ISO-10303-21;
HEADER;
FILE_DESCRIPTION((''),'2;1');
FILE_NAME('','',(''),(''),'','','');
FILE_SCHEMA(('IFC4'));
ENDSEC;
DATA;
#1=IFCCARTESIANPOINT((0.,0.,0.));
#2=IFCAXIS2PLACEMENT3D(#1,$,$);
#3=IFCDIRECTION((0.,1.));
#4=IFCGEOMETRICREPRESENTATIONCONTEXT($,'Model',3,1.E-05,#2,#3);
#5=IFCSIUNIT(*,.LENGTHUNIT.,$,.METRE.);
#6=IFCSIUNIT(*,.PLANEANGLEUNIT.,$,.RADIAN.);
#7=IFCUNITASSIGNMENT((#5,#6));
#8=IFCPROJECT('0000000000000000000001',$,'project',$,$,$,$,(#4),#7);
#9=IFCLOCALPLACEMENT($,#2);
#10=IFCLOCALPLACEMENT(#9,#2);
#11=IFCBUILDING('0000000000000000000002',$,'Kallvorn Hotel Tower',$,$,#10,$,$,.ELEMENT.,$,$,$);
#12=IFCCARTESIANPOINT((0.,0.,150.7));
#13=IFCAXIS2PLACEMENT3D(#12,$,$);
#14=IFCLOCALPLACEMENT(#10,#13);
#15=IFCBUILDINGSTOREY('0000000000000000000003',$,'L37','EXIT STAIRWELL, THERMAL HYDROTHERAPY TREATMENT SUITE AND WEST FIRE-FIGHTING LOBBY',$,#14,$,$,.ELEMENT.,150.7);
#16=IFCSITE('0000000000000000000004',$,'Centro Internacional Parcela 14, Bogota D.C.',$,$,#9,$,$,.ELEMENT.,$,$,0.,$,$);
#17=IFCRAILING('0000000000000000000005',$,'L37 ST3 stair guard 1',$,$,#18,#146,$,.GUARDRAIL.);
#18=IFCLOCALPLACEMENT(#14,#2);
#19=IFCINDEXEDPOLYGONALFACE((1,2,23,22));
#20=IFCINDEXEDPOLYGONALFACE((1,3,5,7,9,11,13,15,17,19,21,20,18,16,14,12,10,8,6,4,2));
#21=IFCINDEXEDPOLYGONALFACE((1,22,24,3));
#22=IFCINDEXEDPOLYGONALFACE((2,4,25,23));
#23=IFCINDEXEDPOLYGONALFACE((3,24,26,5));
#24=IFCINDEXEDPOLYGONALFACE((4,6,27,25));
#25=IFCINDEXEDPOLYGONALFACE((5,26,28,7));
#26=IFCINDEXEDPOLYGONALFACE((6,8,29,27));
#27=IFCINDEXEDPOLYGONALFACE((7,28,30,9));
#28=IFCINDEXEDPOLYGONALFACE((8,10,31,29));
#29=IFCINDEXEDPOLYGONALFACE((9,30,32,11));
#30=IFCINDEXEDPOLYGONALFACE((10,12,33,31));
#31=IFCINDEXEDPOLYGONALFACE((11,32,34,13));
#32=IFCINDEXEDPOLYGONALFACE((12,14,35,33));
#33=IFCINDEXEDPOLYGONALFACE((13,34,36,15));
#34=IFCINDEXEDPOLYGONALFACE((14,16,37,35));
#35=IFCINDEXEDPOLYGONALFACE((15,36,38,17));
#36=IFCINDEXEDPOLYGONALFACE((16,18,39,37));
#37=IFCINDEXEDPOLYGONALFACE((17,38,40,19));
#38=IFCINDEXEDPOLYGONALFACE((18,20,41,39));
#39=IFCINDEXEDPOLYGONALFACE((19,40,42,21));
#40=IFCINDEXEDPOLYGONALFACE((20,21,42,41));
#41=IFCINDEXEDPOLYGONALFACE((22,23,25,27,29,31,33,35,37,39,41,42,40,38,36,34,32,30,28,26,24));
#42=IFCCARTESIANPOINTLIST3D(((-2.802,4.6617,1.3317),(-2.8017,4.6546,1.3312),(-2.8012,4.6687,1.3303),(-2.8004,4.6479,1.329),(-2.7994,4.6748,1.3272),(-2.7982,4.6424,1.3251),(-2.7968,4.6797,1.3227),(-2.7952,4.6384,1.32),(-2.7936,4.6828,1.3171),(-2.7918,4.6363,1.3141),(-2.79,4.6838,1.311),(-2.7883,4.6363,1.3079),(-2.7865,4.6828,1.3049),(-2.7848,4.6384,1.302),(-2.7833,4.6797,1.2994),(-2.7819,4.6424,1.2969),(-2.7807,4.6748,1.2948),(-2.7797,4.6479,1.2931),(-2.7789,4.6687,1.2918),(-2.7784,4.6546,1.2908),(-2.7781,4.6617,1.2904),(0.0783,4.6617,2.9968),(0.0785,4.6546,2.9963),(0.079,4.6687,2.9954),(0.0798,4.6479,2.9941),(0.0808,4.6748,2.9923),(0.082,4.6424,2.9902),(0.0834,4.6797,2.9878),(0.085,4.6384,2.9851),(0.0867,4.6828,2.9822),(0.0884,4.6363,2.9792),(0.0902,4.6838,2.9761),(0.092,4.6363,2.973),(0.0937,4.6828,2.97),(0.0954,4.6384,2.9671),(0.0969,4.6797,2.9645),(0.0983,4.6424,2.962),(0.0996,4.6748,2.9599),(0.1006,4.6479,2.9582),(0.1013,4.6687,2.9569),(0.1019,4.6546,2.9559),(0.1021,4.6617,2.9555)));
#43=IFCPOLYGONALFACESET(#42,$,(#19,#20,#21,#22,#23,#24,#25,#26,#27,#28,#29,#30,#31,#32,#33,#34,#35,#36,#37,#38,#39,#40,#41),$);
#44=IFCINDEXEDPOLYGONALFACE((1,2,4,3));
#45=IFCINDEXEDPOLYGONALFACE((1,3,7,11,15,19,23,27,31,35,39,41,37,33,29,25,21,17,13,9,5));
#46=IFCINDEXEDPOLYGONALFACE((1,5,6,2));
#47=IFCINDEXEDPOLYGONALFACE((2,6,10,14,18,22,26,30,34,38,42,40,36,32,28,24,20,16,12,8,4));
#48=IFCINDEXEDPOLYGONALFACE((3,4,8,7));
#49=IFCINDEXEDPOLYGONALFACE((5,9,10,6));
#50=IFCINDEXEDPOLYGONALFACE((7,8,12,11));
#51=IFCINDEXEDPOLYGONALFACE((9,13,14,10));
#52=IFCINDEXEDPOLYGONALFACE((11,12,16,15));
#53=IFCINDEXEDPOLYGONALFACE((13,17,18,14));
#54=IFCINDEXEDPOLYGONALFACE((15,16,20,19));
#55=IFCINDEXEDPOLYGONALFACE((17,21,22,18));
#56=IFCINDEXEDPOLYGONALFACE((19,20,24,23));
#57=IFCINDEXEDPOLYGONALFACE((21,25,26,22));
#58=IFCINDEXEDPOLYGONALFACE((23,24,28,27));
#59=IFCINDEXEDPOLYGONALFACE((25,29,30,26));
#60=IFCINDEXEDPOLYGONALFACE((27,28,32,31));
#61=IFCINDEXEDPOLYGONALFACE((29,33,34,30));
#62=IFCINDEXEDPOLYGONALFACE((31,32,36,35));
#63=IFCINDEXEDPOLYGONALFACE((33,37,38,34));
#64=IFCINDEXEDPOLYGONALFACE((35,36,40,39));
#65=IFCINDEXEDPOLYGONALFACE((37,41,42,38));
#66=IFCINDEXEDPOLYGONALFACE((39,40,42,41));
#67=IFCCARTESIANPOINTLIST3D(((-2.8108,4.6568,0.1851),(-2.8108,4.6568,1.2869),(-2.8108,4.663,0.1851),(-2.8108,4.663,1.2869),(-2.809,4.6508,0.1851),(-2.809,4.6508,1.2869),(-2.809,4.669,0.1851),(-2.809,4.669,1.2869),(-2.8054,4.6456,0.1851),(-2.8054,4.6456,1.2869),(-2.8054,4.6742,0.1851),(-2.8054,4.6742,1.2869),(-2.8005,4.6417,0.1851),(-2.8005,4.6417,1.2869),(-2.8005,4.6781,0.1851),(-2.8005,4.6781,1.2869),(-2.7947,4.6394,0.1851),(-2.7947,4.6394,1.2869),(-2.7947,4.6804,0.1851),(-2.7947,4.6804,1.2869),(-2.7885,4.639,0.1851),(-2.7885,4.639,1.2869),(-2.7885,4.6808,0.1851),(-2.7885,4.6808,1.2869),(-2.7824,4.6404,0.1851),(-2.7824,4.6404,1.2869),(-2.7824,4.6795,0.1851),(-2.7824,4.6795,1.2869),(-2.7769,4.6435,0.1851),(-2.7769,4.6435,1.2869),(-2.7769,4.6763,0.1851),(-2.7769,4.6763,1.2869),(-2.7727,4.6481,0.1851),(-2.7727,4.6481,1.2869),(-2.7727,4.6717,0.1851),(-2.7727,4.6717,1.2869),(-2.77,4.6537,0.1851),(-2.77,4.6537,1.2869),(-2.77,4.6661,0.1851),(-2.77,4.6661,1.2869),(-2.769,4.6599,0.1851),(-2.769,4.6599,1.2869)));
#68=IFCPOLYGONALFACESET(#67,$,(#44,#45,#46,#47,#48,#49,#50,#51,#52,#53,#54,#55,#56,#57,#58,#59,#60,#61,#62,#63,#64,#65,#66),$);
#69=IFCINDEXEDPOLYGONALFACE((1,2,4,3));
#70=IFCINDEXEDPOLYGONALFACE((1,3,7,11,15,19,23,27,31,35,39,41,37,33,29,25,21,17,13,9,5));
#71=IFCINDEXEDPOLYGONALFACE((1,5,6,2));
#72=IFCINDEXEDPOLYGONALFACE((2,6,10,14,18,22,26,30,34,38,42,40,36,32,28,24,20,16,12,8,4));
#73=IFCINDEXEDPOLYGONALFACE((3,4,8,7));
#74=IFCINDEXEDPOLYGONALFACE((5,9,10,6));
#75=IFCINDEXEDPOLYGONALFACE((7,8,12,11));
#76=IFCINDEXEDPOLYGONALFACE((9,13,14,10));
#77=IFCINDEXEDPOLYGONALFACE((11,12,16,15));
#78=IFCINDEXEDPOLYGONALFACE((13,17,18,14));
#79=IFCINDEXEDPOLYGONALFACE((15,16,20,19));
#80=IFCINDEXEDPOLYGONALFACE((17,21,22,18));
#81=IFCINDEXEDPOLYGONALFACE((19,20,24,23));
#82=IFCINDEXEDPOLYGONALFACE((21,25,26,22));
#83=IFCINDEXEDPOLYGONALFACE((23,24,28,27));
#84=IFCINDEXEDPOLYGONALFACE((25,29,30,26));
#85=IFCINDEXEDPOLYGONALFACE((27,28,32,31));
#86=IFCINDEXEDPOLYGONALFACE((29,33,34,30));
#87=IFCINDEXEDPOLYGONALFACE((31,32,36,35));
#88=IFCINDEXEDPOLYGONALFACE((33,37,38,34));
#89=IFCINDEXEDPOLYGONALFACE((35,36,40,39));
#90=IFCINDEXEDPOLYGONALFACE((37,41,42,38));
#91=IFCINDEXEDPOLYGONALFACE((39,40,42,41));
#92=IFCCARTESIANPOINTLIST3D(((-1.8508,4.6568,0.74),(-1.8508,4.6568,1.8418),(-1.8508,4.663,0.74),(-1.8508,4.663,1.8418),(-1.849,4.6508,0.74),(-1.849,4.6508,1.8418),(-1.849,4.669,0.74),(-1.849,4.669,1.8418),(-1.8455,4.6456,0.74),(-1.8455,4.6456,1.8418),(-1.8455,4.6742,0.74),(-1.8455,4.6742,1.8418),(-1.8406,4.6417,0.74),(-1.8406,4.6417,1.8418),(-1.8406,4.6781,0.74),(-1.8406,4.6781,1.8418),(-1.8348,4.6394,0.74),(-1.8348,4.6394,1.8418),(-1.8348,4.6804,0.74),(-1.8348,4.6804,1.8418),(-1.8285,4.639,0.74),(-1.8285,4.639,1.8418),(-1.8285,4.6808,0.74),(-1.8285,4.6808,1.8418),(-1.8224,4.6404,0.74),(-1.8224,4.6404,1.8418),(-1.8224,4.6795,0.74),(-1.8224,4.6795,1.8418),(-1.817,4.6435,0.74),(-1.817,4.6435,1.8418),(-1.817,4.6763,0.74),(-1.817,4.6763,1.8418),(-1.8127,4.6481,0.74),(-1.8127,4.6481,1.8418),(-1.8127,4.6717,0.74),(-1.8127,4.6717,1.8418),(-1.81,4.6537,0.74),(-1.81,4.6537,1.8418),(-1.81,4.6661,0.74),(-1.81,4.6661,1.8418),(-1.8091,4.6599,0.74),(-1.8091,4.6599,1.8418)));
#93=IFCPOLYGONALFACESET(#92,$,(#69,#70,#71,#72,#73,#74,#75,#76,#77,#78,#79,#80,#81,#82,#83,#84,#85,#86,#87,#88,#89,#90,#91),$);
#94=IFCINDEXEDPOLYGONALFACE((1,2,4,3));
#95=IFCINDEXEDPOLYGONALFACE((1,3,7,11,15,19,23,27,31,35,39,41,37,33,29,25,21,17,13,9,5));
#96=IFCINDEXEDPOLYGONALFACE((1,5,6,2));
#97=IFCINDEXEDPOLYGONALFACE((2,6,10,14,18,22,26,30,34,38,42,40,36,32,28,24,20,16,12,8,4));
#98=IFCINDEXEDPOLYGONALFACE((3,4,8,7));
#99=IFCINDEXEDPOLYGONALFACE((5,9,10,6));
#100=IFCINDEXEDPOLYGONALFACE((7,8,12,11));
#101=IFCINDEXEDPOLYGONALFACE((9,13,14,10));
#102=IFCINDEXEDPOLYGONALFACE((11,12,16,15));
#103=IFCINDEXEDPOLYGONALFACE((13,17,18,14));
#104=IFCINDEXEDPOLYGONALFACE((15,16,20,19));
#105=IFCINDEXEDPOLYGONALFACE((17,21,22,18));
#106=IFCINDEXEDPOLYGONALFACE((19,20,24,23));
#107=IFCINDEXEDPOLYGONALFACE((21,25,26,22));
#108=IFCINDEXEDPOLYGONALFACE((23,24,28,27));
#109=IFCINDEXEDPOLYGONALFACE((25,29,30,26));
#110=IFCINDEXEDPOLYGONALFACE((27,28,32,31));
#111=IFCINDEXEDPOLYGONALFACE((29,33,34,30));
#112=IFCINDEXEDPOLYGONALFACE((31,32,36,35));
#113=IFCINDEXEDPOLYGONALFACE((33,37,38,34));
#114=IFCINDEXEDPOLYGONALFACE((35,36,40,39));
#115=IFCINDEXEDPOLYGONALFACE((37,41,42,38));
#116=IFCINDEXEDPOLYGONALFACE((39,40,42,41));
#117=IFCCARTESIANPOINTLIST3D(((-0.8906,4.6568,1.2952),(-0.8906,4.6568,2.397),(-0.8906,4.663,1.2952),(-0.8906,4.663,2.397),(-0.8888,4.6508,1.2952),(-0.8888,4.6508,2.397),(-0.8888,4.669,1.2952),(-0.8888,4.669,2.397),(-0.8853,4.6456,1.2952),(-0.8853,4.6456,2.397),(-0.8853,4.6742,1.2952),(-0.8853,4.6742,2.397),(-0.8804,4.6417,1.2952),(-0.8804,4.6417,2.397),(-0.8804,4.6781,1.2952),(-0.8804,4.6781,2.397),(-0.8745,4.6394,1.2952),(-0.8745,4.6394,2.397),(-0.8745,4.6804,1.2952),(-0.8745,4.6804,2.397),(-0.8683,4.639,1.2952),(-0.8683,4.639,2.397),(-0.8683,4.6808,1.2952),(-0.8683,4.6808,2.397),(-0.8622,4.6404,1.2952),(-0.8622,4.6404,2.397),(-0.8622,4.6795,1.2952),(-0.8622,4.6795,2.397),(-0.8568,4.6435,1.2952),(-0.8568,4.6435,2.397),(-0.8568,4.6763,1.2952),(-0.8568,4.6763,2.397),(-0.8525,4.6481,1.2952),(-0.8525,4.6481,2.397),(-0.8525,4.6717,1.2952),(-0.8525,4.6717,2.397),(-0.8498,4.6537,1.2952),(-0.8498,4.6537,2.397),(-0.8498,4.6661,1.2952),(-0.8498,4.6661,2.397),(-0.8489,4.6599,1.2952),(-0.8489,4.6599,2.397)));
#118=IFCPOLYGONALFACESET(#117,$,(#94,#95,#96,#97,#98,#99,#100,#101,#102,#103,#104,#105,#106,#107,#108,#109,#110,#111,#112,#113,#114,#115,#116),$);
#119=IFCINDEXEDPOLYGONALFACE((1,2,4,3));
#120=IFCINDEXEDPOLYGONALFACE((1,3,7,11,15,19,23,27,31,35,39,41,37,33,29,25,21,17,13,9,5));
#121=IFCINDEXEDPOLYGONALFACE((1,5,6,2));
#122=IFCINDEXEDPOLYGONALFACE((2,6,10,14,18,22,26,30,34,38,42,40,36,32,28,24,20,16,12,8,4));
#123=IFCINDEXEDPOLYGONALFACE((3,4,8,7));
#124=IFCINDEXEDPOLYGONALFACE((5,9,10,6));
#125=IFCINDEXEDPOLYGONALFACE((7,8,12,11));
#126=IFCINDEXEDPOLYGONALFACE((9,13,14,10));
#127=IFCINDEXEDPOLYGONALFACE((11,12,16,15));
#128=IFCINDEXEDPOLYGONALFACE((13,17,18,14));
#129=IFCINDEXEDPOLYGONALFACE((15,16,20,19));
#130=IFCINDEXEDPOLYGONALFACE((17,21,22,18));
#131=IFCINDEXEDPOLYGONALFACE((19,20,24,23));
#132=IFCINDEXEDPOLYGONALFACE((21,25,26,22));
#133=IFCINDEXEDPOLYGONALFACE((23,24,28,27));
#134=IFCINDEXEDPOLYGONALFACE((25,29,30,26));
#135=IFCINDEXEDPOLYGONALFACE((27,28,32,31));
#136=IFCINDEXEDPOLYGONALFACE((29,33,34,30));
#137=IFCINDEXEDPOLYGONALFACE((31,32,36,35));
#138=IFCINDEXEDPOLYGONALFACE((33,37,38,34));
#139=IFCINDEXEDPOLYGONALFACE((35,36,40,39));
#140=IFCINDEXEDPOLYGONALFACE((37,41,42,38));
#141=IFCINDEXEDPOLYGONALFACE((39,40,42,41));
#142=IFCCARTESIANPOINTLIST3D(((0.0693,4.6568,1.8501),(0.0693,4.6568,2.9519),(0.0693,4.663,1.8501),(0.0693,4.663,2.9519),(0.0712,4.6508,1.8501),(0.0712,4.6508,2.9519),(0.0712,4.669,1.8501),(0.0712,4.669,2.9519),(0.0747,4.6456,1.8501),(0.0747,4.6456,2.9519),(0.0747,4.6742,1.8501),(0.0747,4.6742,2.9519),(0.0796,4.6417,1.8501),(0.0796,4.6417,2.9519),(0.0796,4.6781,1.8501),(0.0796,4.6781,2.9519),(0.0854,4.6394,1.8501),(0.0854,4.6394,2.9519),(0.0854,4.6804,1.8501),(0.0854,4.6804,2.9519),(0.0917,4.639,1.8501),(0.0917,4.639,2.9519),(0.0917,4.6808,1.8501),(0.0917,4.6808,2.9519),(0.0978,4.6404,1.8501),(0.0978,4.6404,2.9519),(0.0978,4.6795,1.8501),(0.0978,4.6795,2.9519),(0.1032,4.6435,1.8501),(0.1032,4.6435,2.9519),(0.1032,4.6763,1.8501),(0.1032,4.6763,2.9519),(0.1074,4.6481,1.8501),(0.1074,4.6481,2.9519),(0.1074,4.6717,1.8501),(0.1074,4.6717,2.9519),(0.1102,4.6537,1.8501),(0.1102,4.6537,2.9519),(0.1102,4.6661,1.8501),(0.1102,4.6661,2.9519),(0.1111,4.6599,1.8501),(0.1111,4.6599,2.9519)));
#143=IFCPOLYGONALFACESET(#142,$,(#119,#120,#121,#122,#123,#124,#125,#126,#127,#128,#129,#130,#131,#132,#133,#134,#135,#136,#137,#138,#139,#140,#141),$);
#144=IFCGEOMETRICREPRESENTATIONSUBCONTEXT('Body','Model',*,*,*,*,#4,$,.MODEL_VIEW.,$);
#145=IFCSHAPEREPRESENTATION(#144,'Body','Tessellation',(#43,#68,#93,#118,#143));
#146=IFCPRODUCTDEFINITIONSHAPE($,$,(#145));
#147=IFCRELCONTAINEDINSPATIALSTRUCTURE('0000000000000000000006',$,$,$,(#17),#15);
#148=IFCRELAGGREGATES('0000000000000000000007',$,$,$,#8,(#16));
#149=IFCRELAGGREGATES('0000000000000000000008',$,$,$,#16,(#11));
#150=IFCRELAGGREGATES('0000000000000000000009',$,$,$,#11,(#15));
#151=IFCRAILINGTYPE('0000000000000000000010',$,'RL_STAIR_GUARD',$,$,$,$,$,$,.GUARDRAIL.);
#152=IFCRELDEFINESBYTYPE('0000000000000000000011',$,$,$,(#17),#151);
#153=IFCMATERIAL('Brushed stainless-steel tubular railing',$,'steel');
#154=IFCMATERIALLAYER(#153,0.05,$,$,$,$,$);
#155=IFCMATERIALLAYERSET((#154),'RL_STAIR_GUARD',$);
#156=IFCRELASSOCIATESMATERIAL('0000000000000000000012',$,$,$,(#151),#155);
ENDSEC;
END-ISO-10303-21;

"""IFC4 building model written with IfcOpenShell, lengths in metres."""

from ifc_helpers import new_model, si_unit, direction, frame, origin, origin_2d, place, context, subcontext, project, spatial, circle, extrude, material, layer, layer_set, type_object, element, save


model = new_model("IFC4")

# Units and contexts
model_context = context("Model", 3, precision=1e-05, world=origin(), true_north=direction((0.0, 1.0)))
body_context = subcontext(model_context, "Body", "Model", "MODEL_VIEW")
ifc_project = project(units=[si_unit("LENGTHUNIT", "METRE"), si_unit("PLANEANGLEUNIT", "RADIAN")], contexts=[model_context])

# Site, building, storey
site_placement = place(None, origin())
site = spatial("IfcSite", under=ifc_project, at=site_placement, Name="Centro Internacional Parcela 14, Bogota D.C.", CompositionType="ELEMENT", RefElevation=0.0)
building_placement = place(site_placement, origin())
building = spatial("IfcBuilding", under=site, at=building_placement, Name="Kallvorn Hotel Tower", CompositionType="ELEMENT")
storey_placement = place(building_placement, frame((0.0, 0.0, 150.7)))
storey = spatial("IfcBuildingStorey", under=building, at=storey_placement, Name="L37", Description="EXIT STAIRWELL, THERMAL HYDROTHERAPY TREATMENT SUITE AND WEST FIRE-FIGHTING LOBBY", CompositionType="ELEMENT", Elevation=150.7)

# Railing
ifc_material_1 = material(Name="Brushed stainless-steel tubular railing", Category="steel")
ifc_layer_1 = layer(ifc_material_1, 0.05)
ifc_layer_set_1 = layer_set([ifc_layer_1], Name="RL_STAIR_GUARD")
railing_type_1 = type_object("IfcRailingType", Name="RL_STAIR_GUARD", PredefinedType="GUARDRAIL", material=ifc_layer_set_1)
railing_1_placement = place(storey_placement, frame((-2.79, 4.6599, 0.1851)))
element("IfcRailing", 1, at=railing_1_placement, inside=storey, type_object=railing_type_1, Name="L37 ST3 stair guard 1", PredefinedType="GUARDRAIL", context=body_context, shape_type="SweptSolid", body=[
    extrude(circle(Radius=0.0239, at=origin_2d()), frame((0.0, 0.0, 1.126), z_axis=(0.865739, 0.0, 0.500495), x_axis=(0.0, 1.0, 0.0)), (0.0, 0.0, 1.0), 3.3269),
    extrude(circle(Radius=0.021, at=origin_2d()), origin(), (0.0, 0.0, 1.0), 1.1018),
    extrude(circle(Radius=0.021, at=origin_2d()), frame((0.96, 0.0, 0.5549)), (0.0, 0.0, 1.0), 1.1018),
    extrude(circle(Radius=0.021, at=origin_2d()), frame((1.9202, 0.0, 1.1101)), (0.0, 0.0, 1.0), 1.1018),
    extrude(circle(Radius=0.021, at=origin_2d()), frame((2.8801, 0.0, 1.665)), (0.0, 0.0, 1.0), 1.1018),
])

save(model, "model.ifc")
